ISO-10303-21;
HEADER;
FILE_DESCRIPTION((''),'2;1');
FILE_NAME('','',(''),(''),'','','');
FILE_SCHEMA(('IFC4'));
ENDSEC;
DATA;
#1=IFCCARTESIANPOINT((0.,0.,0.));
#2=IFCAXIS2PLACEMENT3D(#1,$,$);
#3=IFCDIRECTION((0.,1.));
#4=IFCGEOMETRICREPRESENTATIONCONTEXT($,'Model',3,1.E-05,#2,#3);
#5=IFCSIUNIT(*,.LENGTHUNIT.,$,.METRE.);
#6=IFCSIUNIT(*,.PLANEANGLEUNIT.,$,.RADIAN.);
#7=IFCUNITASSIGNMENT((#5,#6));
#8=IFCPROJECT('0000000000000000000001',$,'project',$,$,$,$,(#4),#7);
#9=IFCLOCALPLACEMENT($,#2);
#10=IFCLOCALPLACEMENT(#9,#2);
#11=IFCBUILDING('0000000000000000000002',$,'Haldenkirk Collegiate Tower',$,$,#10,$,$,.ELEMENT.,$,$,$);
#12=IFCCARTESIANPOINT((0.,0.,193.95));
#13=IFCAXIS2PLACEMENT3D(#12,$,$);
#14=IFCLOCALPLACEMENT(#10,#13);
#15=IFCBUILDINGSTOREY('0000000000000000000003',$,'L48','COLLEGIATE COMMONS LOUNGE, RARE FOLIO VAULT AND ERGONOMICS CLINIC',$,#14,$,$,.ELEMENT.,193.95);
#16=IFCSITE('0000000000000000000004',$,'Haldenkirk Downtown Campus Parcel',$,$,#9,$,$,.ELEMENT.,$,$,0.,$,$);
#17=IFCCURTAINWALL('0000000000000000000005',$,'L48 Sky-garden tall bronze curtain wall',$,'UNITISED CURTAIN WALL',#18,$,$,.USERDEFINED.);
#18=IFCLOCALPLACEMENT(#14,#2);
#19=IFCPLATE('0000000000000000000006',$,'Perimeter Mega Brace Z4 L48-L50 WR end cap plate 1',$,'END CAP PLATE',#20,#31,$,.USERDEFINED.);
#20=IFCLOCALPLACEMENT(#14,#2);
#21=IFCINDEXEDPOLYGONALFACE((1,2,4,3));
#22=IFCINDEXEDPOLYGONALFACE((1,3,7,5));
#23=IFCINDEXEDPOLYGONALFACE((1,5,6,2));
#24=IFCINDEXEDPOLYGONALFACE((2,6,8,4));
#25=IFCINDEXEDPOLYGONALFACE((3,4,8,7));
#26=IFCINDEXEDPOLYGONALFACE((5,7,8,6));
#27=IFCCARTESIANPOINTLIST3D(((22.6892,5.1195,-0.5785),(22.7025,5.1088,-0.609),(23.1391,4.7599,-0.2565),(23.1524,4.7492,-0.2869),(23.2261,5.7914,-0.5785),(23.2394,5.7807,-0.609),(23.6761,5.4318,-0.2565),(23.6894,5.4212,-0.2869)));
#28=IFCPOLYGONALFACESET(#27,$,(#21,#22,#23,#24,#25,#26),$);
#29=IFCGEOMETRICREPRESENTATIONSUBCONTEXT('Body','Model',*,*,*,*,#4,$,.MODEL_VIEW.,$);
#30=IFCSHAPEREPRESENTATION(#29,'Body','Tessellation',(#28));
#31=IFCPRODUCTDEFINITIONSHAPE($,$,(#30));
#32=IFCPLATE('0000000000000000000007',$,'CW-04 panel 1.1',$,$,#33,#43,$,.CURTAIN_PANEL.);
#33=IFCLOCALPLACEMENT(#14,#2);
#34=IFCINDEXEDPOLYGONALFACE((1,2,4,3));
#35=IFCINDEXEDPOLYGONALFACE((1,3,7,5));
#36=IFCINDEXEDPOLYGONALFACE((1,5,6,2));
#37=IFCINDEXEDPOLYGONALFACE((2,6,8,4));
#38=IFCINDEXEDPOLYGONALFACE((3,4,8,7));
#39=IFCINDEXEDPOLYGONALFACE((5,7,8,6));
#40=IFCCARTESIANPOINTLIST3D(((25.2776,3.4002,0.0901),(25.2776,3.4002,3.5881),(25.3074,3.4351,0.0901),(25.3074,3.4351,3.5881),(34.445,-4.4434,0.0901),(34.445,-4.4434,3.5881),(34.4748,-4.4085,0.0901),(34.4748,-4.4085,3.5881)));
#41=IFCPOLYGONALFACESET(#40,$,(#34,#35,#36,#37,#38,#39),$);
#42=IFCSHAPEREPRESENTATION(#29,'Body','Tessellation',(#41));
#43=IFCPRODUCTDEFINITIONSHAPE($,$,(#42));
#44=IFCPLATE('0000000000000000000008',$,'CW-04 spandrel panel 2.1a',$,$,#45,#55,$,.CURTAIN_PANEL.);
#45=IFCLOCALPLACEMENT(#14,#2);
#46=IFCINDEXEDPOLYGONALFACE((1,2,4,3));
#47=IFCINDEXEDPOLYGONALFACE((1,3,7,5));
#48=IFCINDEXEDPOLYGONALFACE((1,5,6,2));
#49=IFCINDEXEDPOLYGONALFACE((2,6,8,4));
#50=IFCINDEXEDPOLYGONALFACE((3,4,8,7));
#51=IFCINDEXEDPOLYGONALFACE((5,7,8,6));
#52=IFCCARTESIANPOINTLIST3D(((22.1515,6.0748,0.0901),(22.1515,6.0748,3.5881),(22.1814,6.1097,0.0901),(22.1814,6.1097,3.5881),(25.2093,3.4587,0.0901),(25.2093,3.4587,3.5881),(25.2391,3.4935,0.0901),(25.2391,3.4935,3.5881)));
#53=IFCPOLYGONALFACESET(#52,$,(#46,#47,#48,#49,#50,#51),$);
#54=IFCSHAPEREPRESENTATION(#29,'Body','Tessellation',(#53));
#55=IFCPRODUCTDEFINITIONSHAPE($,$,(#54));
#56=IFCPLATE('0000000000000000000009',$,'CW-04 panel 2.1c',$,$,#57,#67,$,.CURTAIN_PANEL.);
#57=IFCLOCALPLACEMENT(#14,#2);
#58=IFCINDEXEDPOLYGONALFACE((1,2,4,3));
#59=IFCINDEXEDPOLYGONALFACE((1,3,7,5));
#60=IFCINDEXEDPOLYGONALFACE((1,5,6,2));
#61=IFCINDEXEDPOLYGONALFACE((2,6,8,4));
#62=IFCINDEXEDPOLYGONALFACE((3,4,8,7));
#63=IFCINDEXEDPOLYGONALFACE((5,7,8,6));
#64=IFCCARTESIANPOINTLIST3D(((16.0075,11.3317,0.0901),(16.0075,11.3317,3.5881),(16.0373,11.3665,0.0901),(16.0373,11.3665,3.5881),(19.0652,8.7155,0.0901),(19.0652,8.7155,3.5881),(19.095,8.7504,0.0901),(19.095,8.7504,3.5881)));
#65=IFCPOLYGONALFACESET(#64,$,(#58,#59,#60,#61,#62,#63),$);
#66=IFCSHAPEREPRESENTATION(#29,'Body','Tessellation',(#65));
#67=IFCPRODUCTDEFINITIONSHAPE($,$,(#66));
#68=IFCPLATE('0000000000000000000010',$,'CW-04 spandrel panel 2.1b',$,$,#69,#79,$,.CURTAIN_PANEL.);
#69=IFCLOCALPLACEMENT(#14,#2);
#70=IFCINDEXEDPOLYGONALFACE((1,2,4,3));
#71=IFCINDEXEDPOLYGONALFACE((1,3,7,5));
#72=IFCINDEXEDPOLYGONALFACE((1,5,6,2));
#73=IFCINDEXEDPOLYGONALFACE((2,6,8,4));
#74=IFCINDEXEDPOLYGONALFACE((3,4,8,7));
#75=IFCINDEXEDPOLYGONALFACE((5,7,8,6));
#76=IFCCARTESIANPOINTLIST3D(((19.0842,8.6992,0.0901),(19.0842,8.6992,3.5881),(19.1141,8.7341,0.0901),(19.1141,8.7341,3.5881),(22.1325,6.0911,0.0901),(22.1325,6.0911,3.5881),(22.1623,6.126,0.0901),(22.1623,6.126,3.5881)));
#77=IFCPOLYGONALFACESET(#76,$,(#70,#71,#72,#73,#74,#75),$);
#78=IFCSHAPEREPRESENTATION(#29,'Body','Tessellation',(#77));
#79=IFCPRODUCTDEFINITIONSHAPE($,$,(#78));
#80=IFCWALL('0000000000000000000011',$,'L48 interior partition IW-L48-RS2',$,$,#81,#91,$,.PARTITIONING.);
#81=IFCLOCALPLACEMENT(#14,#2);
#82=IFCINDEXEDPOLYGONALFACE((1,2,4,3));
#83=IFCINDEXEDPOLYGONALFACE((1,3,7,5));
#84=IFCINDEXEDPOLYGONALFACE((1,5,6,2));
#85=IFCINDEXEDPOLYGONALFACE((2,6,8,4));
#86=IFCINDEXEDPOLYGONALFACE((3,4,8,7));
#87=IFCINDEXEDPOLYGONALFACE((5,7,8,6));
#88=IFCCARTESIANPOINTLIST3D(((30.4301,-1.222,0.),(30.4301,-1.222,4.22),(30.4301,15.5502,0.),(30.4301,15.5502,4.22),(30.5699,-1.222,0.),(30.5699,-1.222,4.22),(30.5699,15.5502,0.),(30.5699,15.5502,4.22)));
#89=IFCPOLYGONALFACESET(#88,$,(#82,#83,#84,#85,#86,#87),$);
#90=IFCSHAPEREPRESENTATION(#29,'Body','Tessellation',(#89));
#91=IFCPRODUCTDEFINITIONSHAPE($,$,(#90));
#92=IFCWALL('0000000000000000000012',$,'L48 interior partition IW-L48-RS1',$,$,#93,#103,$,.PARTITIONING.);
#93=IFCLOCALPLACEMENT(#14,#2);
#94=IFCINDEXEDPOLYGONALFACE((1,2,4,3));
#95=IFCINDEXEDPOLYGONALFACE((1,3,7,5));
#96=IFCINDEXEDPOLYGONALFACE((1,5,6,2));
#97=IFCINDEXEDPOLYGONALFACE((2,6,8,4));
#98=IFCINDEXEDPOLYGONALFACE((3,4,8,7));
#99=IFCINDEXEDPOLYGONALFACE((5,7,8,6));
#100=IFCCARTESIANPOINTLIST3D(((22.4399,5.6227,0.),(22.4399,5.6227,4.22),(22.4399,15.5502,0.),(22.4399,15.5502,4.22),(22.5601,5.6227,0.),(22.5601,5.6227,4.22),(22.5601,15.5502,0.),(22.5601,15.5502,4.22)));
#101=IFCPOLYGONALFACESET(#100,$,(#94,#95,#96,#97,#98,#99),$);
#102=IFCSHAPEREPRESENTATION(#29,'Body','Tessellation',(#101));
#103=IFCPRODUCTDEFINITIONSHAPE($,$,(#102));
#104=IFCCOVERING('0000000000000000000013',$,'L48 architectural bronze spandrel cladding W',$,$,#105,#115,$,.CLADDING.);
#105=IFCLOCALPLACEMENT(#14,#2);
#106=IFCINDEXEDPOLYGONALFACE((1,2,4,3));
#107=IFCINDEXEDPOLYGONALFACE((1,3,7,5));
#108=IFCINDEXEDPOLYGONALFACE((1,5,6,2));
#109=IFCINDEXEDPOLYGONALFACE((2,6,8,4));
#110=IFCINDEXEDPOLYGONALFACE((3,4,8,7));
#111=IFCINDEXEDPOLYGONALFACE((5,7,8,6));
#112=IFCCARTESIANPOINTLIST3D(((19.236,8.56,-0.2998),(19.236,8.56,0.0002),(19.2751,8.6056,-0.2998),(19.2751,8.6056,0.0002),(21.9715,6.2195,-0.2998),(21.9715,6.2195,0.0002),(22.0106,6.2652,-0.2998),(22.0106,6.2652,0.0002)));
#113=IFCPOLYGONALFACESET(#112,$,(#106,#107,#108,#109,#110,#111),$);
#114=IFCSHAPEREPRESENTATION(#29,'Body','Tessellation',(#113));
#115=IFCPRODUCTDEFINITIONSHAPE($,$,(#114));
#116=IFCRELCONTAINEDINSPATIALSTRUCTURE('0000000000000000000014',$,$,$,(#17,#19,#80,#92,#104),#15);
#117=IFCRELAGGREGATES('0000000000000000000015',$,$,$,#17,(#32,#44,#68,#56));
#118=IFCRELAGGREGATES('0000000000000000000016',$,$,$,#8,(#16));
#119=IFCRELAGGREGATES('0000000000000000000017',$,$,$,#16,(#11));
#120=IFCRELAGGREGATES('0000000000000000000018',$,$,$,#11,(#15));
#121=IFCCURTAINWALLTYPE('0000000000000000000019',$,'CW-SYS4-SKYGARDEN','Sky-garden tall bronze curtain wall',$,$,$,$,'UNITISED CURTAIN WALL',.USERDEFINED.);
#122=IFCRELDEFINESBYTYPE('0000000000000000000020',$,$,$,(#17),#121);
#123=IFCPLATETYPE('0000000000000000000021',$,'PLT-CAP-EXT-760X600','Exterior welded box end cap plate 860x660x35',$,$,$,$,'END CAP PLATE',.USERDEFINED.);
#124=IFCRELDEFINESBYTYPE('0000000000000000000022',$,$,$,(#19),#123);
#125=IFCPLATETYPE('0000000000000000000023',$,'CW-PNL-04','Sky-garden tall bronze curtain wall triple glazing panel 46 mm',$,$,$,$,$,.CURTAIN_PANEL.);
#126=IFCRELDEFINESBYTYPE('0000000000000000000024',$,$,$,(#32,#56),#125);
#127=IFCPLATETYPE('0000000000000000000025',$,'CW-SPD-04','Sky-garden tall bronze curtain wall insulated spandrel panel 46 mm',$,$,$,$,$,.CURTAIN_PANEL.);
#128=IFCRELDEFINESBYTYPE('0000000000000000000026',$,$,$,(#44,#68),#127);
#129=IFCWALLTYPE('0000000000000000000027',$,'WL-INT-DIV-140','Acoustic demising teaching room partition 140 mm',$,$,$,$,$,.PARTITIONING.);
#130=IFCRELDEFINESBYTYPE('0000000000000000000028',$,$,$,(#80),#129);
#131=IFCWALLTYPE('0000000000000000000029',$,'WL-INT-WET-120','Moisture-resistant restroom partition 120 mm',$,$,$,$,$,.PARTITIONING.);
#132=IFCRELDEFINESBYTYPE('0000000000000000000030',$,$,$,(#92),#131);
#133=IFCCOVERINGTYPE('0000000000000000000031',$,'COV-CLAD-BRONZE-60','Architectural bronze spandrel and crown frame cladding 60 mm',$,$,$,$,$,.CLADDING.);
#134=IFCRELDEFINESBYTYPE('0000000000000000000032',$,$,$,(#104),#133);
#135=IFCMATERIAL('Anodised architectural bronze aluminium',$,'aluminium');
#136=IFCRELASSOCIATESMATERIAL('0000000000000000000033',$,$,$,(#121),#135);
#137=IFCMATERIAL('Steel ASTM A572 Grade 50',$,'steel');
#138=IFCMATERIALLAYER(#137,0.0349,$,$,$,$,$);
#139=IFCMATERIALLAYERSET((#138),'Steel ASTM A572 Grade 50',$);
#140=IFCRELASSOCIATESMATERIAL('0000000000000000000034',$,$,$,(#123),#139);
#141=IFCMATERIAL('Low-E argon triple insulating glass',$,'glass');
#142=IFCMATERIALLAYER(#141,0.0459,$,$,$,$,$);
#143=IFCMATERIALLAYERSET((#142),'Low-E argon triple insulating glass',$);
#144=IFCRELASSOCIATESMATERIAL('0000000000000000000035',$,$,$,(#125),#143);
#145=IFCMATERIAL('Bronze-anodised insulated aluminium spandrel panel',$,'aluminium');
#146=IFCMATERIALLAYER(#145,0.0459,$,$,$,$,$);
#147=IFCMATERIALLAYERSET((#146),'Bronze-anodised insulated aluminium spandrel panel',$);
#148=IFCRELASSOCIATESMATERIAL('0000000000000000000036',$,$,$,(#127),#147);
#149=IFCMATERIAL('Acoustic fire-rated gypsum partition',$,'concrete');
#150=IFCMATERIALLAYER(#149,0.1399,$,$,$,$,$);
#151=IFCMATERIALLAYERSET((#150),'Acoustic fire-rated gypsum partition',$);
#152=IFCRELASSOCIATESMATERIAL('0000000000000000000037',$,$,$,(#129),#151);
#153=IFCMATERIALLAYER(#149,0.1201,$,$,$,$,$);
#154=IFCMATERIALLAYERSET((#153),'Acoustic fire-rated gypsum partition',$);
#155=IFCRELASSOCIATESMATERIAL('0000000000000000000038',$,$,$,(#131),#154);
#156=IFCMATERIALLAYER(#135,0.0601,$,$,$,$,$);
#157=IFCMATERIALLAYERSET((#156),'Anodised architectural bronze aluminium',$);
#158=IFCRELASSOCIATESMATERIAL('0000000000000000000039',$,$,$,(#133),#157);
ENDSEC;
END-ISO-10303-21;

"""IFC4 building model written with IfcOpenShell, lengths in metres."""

from ifc_helpers import new_model, si_unit, direction, frame, frame_2d, origin, origin_2d, place, context, subcontext, project, spatial, rectangle, extrude, source, transform, mapped, material, layer, layer_set, type_object, element, aggregate, save


model = new_model("IFC4")

# Units and contexts
model_context = context("Model", 3, precision=1e-05, world=origin(), true_north=direction((0.0, 1.0)))
body_context = subcontext(model_context, "Body", "Model", "MODEL_VIEW")
ifc_project = project(units=[si_unit("LENGTHUNIT", "METRE"), si_unit("PLANEANGLEUNIT", "RADIAN")], contexts=[model_context])

# Site, building, storey
site_placement = place(None, origin())
site = spatial("IfcSite", under=ifc_project, at=site_placement, Name="Haldenkirk Downtown Campus Parcel", CompositionType="ELEMENT", RefElevation=0.0)
building_placement = place(site_placement, origin())
building = spatial("IfcBuilding", under=site, at=building_placement, Name="Haldenkirk Collegiate Tower", CompositionType="ELEMENT")
storey_placement = place(building_placement, frame((0.0, 0.0, 193.95)))
storey = spatial("IfcBuildingStorey", under=building, at=storey_placement, Name="L48", Description="COLLEGIATE COMMONS LOUNGE, RARE FOLIO VAULT AND ERGONOMICS CLINIC", CompositionType="ELEMENT", Elevation=193.95)

# Curtain wall
ifc_material_1 = material(Name="Anodised architectural bronze aluminium", Category="aluminium")
curtain_wall_type = type_object("IfcCurtainWallType", Name="CW-SYS4-SKYGARDEN", Description="Sky-garden tall bronze curtain wall", ElementType="UNITISED CURTAIN WALL", PredefinedType="USERDEFINED", material=ifc_material_1)
curtain_wall_placement = place(storey_placement, origin())
curtain_wall = element("IfcCurtainWall", 1, at=curtain_wall_placement, inside=storey, type_object=curtain_wall_type, Name="L48 Sky-garden tall bronze curtain wall", ObjectType="UNITISED CURTAIN WALL", PredefinedType="USERDEFINED")

# Shared definitions
ifc_material_2 = material(Name="Steel ASTM A572 Grade 50", Category="steel")

# Plates
ifc_layer_1 = layer(ifc_material_2, 0.0349)
ifc_layer_set_1 = layer_set([ifc_layer_1], Name="Steel ASTM A572 Grade 50")
plate_type_1 = type_object("IfcPlateType", Name="PLT-CAP-EXT-760X600", Description="Exterior welded box end cap plate 860x660x35", ElementType="END CAP PLATE", PredefinedType="USERDEFINED", material=ifc_layer_set_1)
shared_shape_1 = source(origin(), body_context, "Body", "SweptSolid", [
    extrude(rectangle(XDim=0.8601, YDim=0.6599, at=origin_2d()), origin(), (0.0, 0.0, 1.0), 0.0349),
])
plate_1_placement = place(storey_placement, frame((23.1826, 5.2756, -0.4175), z_axis=(0.381228, -0.304665, -0.872837), x_axis=(0.624299, 0.781185, 0.0)))
element("IfcPlate", 2, at=plate_1_placement, inside=storey, type_object=plate_type_1, Name="Perimeter Mega Brace Z4 L48-L50 WR end cap plate 1", ObjectType="END CAP PLATE", PredefinedType="USERDEFINED", context=body_context, shape_type="MappedRepresentation", body=[
    mapped(shared_shape_1, transform((0.0, 0.0, 0.0), x_axis=(1.0, 0.0, 0.0), y_axis=(0.0, 1.0, 0.0), z_axis=(0.0, 0.0, 1.0), scale=1.0)),
])
ifc_material_3 = material(Name="Low-E argon triple insulating glass", Category="glass")
ifc_layer_2 = layer(ifc_material_3, 0.0459)
ifc_layer_set_2 = layer_set([ifc_layer_2], Name="Low-E argon triple insulating glass")
plate_type_2 = type_object("IfcPlateType", Name="CW-PNL-04", Description="Sky-garden tall bronze curtain wall triple glazing panel 46 mm", PredefinedType="CURTAIN_PANEL", material=ifc_layer_set_2)
shared_shape_2 = source(origin(), body_context, "Body", "SweptSolid", [
    extrude(rectangle(XDim=12.0649, YDim=0.0459, at=origin_2d()), origin(), (0.0, 0.0, 1.0), 3.498),
])
plate_2_placement = place(storey_placement, frame((29.8762, -0.5042, 0.0901), z_axis=(0.0, 0.0, 1.0), x_axis=(-0.759837, 0.650113, 0.0)))
plate_2 = element("IfcPlate", 3, at=plate_2_placement, type_object=plate_type_2, Name="CW-04 panel 1.1", PredefinedType="CURTAIN_PANEL", context=body_context, shape_type="MappedRepresentation", body=[
    mapped(shared_shape_2, transform((0.0, 0.0, 0.0), x_axis=(1.0, 0.0, 0.0), y_axis=(0.0, 1.0, 0.0), z_axis=(0.0, 0.0, 1.0), scale=1.0)),
])
ifc_material_4 = material(Name="Bronze-anodised insulated aluminium spandrel panel", Category="aluminium")
ifc_layer_3 = layer(ifc_material_4, 0.0459)
ifc_layer_set_3 = layer_set([ifc_layer_3], Name="Bronze-anodised insulated aluminium spandrel panel")
plate_type_3 = type_object("IfcPlateType", Name="CW-SPD-04", Description="Sky-garden tall bronze curtain wall insulated spandrel panel 46 mm", PredefinedType="CURTAIN_PANEL", material=ifc_layer_set_3)
shared_shape_3 = source(origin(), body_context, "Body", "SweptSolid", [
    extrude(rectangle(XDim=4.0242, YDim=0.0459, at=origin_2d()), origin(), (0.0, 0.0, 1.0), 3.498),
])
plate_3_placement = place(storey_placement, frame((23.6953, 4.7842, 0.0901), z_axis=(0.0, 0.0, 1.0), x_axis=(-0.759837, 0.650113, 0.0)))
plate_3 = element("IfcPlate", 4, at=plate_3_placement, type_object=plate_type_3, Name="CW-04 spandrel panel 2.1a", PredefinedType="CURTAIN_PANEL", context=body_context, shape_type="MappedRepresentation", body=[
    mapped(shared_shape_3, transform((0.0, 0.0, 0.0), x_axis=(1.0, 0.0, 0.0), y_axis=(0.0, 1.0, 0.0), z_axis=(0.0, 0.0, 1.0), scale=1.0)),
])
plate_4_placement = place(storey_placement, frame((17.5513, 10.041, 0.0901), z_axis=(0.0, 0.0, 1.0), x_axis=(-0.759837, 0.650113, 0.0)))
plate_4 = element("IfcPlate", 5, at=plate_4_placement, type_object=plate_type_2, Name="CW-04 panel 2.1c", PredefinedType="CURTAIN_PANEL", context=body_context, shape_type="MappedRepresentation", body=[
    mapped(shared_shape_3, transform((0.0, 0.0, 0.0), x_axis=(1.0, 0.0, 0.0), y_axis=(0.0, 1.0, 0.0), z_axis=(0.0, 0.0, 1.0), scale=1.0)),
])
shared_shape_4 = source(origin(), body_context, "Body", "SweptSolid", [
    extrude(rectangle(XDim=4.0117, YDim=0.0459, at=origin_2d()), origin(), (0.0, 0.0, 1.0), 3.498),
])
plate_5_placement = place(storey_placement, frame((20.6233, 7.4126, 0.0901), z_axis=(0.0, 0.0, 1.0), x_axis=(-0.759837, 0.650113, 0.0)))
plate_5 = element("IfcPlate", 6, at=plate_5_placement, type_object=plate_type_3, Name="CW-04 spandrel panel 2.1b", PredefinedType="CURTAIN_PANEL", context=body_context, shape_type="MappedRepresentation", body=[
    mapped(shared_shape_4, transform((0.0, 0.0, 0.0), x_axis=(1.0, 0.0, 0.0), y_axis=(0.0, 1.0, 0.0), z_axis=(0.0, 0.0, 1.0), scale=1.0)),
])
aggregate(curtain_wall, [plate_2, plate_3, plate_5, plate_4])

# Walls
ifc_material_5 = material(Name="Acoustic fire-rated gypsum partition", Category="concrete")
ifc_layer_4 = layer(ifc_material_5, 0.1399)
ifc_layer_set_4 = layer_set([ifc_layer_4], Name="Acoustic fire-rated gypsum partition")
wall_type_1 = type_object("IfcWallType", Name="WL-INT-DIV-140", Description="Acoustic demising teaching room partition 140 mm", PredefinedType="PARTITIONING", material=ifc_layer_set_4)
wall_1_placement = place(storey_placement, frame((30.5, -1.2222, 0.0), z_axis=(0.0, 0.0, 1.0), x_axis=(0.0, 1.0, 0.0)))
element("IfcWall", 7, at=wall_1_placement, inside=storey, type_object=wall_type_1, Name="L48 interior partition IW-L48-RS2", PredefinedType="PARTITIONING", context=body_context, shape_type="SweptSolid", body=[
    extrude(rectangle(XDim=16.7722, YDim=0.1399, at=frame_2d((8.3862, 0.0))), origin(), (0.0, 0.0, 1.0), 4.22),
])
ifc_layer_5 = layer(ifc_material_5, 0.1201)
ifc_layer_set_5 = layer_set([ifc_layer_5], Name="Acoustic fire-rated gypsum partition")
wall_type_2 = type_object("IfcWallType", Name="WL-INT-WET-120", Description="Moisture-resistant restroom partition 120 mm", PredefinedType="PARTITIONING", material=ifc_layer_set_5)
wall_2_placement = place(storey_placement, frame((22.5, 5.6226, 0.0), z_axis=(0.0, 0.0, 1.0), x_axis=(0.0, 1.0, 0.0)))
element("IfcWall", 8, at=wall_2_placement, inside=storey, type_object=wall_type_2, Name="L48 interior partition IW-L48-RS1", PredefinedType="PARTITIONING", context=body_context, shape_type="SweptSolid", body=[
    extrude(rectangle(XDim=9.9275, YDim=0.1201, at=frame_2d((4.9639, 0.0))), origin(), (0.0, 0.0, 1.0), 4.22),
])

# Covering
ifc_layer_6 = layer(ifc_material_1, 0.0601)
ifc_layer_set_6 = layer_set([ifc_layer_6], Name="Anodised architectural bronze aluminium")
covering_type = type_object("IfcCoveringType", Name="COV-CLAD-BRONZE-60", Description="Architectural bronze spandrel and crown frame cladding 60 mm", PredefinedType="CLADDING", material=ifc_layer_set_6)
shared_shape_5 = source(origin(), body_context, "Body", "SweptSolid", [
    extrude(rectangle(XDim=3.6001, YDim=0.0601, at=origin_2d()), origin(), (0.0, 0.0, 1.0), 0.3),
])
covering_placement = place(storey_placement, frame((20.6233, 7.4126, -0.2998), z_axis=(0.0, 0.0, 1.0), x_axis=(-0.759839, 0.650111, 0.0)))
element("IfcCovering", 9, at=covering_placement, inside=storey, type_object=covering_type, Name="L48 architectural bronze spandrel cladding W", PredefinedType="CLADDING", context=body_context, shape_type="MappedRepresentation", body=[
    mapped(shared_shape_5, transform((0.0, 0.0, 0.0), x_axis=(1.0, 0.0, 0.0), y_axis=(0.0, 1.0, 0.0), z_axis=(0.0, 0.0, 1.0), scale=1.0)),
])

save(model, "model.ifc")
